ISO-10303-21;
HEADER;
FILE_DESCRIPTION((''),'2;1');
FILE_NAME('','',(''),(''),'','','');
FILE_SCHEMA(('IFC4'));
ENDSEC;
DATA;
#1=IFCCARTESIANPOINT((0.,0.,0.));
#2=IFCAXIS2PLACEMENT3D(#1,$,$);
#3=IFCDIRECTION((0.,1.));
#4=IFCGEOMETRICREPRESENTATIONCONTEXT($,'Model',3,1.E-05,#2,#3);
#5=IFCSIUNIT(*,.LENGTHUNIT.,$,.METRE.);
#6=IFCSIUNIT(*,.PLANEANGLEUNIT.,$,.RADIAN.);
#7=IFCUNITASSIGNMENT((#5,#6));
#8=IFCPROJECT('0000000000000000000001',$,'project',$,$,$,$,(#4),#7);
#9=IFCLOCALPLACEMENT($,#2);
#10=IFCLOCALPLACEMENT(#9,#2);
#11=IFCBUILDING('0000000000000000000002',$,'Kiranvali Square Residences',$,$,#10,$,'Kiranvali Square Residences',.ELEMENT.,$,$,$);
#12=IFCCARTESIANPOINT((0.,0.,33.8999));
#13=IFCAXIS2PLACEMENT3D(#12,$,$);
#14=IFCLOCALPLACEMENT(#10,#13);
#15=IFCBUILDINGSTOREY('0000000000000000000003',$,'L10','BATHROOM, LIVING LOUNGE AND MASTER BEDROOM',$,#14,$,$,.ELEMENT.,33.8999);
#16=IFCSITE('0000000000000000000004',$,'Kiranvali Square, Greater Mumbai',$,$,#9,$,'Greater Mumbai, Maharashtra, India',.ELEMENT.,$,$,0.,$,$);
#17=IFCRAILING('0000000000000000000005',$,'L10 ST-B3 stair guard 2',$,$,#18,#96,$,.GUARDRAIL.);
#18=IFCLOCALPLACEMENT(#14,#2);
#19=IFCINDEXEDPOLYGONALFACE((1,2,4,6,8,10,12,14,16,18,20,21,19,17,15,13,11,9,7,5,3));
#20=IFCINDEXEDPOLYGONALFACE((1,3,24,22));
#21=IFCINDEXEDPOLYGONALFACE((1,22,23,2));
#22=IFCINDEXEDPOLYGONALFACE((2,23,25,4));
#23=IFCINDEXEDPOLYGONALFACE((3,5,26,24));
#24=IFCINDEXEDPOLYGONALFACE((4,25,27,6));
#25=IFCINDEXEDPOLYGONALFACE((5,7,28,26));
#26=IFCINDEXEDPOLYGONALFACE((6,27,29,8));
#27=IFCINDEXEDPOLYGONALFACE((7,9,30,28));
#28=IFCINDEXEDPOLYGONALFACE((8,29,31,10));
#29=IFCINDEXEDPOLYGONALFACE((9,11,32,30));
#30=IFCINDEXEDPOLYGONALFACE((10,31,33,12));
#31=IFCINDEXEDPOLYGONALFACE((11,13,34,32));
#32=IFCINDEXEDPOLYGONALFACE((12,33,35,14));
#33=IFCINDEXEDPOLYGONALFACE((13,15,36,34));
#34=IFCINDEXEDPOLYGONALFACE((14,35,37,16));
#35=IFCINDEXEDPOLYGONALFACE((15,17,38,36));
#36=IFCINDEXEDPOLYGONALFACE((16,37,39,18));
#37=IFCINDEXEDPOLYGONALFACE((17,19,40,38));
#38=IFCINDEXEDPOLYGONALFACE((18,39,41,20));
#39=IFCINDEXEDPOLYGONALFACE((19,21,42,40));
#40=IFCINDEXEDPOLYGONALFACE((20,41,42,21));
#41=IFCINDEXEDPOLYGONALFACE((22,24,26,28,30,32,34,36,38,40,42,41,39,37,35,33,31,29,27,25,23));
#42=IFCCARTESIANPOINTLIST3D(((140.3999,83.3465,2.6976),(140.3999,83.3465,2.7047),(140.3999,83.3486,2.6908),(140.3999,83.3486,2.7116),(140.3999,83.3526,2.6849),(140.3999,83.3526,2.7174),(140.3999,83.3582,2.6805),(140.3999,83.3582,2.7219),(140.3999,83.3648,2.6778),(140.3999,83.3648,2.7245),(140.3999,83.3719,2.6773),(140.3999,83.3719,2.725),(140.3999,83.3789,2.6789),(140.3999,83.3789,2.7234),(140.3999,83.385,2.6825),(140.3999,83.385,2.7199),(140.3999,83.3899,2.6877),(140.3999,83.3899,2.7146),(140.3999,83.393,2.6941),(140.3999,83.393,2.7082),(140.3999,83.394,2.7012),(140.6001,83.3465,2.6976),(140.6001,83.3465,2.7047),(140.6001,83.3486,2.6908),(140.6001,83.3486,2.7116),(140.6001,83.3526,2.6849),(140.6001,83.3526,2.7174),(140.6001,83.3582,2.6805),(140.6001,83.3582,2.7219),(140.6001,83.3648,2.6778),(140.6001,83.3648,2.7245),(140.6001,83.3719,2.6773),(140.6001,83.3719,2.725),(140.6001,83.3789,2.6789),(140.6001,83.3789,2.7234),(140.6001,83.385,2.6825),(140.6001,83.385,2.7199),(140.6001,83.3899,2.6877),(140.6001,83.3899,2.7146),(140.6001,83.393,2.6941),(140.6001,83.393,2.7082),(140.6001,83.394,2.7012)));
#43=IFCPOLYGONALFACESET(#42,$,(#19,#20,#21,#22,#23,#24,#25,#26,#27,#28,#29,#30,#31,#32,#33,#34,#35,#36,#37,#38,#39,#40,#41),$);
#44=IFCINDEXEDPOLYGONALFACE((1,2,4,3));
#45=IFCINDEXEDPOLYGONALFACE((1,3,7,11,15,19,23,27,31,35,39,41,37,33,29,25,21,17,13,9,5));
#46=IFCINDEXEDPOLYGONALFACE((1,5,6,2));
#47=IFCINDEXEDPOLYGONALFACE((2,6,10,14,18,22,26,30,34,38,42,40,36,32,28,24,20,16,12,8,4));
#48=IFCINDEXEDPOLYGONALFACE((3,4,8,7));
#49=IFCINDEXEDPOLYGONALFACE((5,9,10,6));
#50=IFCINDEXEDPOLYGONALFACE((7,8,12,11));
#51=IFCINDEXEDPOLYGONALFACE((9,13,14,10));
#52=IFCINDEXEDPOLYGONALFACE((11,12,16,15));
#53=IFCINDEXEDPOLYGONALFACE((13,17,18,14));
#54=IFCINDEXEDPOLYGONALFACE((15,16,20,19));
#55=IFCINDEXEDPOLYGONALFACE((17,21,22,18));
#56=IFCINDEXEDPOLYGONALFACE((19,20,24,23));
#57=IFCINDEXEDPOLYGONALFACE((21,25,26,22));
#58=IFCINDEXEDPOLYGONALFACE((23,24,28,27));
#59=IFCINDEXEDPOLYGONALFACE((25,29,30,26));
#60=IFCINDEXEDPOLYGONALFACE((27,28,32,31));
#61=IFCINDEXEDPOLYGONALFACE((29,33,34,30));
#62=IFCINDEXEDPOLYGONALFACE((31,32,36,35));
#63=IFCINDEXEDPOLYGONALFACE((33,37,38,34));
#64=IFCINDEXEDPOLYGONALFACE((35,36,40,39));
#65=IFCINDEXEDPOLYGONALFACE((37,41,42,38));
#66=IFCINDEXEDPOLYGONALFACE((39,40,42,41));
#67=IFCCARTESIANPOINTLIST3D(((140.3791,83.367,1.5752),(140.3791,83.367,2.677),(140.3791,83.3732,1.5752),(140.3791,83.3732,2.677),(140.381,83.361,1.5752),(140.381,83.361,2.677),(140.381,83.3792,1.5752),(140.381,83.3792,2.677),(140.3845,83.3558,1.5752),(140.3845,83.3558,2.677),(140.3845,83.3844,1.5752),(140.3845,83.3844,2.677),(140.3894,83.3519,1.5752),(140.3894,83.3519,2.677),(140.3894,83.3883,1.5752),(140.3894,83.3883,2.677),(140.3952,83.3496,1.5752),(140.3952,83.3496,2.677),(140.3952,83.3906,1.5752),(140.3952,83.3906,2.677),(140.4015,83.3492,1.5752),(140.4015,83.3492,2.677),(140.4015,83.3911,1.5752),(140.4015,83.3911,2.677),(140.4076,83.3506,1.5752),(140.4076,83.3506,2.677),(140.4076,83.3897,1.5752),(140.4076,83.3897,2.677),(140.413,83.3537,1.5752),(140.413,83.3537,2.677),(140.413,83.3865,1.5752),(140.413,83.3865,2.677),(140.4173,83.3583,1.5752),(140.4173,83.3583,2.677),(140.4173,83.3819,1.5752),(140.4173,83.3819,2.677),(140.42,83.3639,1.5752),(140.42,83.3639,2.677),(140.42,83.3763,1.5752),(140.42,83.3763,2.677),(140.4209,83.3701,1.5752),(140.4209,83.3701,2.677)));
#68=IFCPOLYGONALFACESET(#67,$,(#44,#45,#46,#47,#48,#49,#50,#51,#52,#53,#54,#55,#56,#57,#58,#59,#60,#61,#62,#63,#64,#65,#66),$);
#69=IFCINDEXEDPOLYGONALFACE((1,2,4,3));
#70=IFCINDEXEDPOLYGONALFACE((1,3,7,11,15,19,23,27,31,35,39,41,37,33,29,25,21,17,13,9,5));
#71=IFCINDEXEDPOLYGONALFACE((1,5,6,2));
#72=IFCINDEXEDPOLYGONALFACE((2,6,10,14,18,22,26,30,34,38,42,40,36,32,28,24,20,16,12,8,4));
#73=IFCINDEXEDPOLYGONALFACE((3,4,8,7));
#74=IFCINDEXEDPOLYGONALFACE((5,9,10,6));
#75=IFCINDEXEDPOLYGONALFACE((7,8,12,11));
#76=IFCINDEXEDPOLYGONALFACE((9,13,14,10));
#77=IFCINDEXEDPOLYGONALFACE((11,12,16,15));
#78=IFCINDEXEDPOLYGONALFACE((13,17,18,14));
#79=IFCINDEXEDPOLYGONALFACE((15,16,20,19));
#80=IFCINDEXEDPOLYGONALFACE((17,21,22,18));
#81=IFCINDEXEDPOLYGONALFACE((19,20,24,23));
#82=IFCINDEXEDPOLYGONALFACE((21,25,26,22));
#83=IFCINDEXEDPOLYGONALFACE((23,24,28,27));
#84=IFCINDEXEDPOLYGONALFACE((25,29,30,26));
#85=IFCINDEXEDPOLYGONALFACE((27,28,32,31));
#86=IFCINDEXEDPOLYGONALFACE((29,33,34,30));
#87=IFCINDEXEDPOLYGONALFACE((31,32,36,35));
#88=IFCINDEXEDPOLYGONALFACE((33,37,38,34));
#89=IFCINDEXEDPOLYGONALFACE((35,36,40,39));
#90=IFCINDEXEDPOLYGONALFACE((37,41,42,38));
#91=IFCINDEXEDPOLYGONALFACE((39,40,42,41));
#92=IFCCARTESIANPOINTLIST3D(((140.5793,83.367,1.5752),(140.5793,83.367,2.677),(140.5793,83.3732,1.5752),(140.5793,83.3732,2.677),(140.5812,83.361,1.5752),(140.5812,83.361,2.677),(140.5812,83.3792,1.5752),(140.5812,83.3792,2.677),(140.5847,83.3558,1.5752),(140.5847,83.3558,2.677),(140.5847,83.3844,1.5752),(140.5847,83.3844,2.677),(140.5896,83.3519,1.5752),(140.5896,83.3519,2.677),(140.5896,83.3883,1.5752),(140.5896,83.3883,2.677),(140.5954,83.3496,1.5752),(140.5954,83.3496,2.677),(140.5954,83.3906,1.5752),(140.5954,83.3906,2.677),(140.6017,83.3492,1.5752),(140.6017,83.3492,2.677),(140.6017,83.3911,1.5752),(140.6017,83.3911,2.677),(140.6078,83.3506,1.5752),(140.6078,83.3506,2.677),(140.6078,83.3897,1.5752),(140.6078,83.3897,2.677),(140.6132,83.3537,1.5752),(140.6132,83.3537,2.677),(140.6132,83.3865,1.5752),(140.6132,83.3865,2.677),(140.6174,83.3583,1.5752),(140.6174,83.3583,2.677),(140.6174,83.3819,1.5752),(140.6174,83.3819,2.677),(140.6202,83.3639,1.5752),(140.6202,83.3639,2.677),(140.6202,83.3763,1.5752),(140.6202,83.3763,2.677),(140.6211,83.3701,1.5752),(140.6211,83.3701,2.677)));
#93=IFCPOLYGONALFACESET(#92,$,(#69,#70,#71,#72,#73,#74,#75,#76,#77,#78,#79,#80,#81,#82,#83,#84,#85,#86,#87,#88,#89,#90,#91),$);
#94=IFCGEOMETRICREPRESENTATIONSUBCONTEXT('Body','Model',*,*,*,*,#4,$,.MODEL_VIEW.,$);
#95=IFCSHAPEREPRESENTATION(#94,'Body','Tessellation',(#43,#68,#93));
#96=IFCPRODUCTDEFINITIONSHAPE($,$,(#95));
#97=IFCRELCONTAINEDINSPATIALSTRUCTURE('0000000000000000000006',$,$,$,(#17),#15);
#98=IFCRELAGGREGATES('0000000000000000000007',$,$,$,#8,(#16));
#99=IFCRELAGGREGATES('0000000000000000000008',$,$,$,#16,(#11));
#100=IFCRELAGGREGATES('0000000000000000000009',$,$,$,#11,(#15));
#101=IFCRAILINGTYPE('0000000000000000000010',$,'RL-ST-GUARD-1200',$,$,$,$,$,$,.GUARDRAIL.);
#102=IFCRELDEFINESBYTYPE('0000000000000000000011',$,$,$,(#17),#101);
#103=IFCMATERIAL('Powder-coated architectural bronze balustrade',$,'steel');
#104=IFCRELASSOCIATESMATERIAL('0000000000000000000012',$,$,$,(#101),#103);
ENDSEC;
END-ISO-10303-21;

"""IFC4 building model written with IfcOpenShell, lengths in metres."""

from ifc_helpers import new_model, si_unit, direction, frame, origin, origin_2d, place, context, subcontext, project, spatial, circle, extrude, material, type_object, element, save


model = new_model("IFC4")

# Units and contexts
model_context = context("Model", 3, precision=1e-05, world=origin(), true_north=direction((0.0, 1.0)))
body_context = subcontext(model_context, "Body", "Model", "MODEL_VIEW")
ifc_project = project(units=[si_unit("LENGTHUNIT", "METRE"), si_unit("PLANEANGLEUNIT", "RADIAN")], contexts=[model_context])

# Site, building, storey
site_placement = place(None, origin())
site = spatial("IfcSite", under=ifc_project, at=site_placement, Name="Kiranvali Square, Greater Mumbai", LongName="Greater Mumbai, Maharashtra, India", CompositionType="ELEMENT", RefElevation=0.0)
building_placement = place(site_placement, origin())
building = spatial("IfcBuilding", under=site, at=building_placement, Name="Kiranvali Square Residences", LongName="Kiranvali Square Residences", CompositionType="ELEMENT")
storey_placement = place(building_placement, frame((0.0, 0.0, 33.8999)))
storey = spatial("IfcBuildingStorey", under=building, at=storey_placement, Name="L10", Description="BATHROOM, LIVING LOUNGE AND MASTER BEDROOM", CompositionType="ELEMENT", Elevation=33.8999)

# Railing
ifc_material_1 = material(Name="Powder-coated architectural bronze balustrade", Category="steel")
railing_type_1 = type_object("IfcRailingType", Name="RL-ST-GUARD-1200", PredefinedType="GUARDRAIL", material=ifc_material_1)
railing_1_placement = place(storey_placement, frame((140.3999, 83.3701, 1.5752)))
element("IfcRailing", 1, at=railing_1_placement, inside=storey, type_object=railing_type_1, Name="L10 ST-B3 stair guard 2", PredefinedType="GUARDRAIL", context=body_context, shape_type="SweptSolid", body=[
    extrude(circle(Radius=0.0239, at=origin_2d()), frame((0.0, 0.0, 1.126), z_axis=(1.0, 0.0, 0.0), x_axis=(0.0, 1.0, 0.0)), (0.0, 0.0, 1.0), 0.2002),
    extrude(circle(Radius=0.021, at=origin_2d()), origin(), (0.0, 0.0, 1.0), 1.1018),
    extrude(circle(Radius=0.021, at=origin_2d()), frame((0.2002, 0.0, 0.0)), (0.0, 0.0, 1.0), 1.1018),
])

save(model, "model.ifc")
